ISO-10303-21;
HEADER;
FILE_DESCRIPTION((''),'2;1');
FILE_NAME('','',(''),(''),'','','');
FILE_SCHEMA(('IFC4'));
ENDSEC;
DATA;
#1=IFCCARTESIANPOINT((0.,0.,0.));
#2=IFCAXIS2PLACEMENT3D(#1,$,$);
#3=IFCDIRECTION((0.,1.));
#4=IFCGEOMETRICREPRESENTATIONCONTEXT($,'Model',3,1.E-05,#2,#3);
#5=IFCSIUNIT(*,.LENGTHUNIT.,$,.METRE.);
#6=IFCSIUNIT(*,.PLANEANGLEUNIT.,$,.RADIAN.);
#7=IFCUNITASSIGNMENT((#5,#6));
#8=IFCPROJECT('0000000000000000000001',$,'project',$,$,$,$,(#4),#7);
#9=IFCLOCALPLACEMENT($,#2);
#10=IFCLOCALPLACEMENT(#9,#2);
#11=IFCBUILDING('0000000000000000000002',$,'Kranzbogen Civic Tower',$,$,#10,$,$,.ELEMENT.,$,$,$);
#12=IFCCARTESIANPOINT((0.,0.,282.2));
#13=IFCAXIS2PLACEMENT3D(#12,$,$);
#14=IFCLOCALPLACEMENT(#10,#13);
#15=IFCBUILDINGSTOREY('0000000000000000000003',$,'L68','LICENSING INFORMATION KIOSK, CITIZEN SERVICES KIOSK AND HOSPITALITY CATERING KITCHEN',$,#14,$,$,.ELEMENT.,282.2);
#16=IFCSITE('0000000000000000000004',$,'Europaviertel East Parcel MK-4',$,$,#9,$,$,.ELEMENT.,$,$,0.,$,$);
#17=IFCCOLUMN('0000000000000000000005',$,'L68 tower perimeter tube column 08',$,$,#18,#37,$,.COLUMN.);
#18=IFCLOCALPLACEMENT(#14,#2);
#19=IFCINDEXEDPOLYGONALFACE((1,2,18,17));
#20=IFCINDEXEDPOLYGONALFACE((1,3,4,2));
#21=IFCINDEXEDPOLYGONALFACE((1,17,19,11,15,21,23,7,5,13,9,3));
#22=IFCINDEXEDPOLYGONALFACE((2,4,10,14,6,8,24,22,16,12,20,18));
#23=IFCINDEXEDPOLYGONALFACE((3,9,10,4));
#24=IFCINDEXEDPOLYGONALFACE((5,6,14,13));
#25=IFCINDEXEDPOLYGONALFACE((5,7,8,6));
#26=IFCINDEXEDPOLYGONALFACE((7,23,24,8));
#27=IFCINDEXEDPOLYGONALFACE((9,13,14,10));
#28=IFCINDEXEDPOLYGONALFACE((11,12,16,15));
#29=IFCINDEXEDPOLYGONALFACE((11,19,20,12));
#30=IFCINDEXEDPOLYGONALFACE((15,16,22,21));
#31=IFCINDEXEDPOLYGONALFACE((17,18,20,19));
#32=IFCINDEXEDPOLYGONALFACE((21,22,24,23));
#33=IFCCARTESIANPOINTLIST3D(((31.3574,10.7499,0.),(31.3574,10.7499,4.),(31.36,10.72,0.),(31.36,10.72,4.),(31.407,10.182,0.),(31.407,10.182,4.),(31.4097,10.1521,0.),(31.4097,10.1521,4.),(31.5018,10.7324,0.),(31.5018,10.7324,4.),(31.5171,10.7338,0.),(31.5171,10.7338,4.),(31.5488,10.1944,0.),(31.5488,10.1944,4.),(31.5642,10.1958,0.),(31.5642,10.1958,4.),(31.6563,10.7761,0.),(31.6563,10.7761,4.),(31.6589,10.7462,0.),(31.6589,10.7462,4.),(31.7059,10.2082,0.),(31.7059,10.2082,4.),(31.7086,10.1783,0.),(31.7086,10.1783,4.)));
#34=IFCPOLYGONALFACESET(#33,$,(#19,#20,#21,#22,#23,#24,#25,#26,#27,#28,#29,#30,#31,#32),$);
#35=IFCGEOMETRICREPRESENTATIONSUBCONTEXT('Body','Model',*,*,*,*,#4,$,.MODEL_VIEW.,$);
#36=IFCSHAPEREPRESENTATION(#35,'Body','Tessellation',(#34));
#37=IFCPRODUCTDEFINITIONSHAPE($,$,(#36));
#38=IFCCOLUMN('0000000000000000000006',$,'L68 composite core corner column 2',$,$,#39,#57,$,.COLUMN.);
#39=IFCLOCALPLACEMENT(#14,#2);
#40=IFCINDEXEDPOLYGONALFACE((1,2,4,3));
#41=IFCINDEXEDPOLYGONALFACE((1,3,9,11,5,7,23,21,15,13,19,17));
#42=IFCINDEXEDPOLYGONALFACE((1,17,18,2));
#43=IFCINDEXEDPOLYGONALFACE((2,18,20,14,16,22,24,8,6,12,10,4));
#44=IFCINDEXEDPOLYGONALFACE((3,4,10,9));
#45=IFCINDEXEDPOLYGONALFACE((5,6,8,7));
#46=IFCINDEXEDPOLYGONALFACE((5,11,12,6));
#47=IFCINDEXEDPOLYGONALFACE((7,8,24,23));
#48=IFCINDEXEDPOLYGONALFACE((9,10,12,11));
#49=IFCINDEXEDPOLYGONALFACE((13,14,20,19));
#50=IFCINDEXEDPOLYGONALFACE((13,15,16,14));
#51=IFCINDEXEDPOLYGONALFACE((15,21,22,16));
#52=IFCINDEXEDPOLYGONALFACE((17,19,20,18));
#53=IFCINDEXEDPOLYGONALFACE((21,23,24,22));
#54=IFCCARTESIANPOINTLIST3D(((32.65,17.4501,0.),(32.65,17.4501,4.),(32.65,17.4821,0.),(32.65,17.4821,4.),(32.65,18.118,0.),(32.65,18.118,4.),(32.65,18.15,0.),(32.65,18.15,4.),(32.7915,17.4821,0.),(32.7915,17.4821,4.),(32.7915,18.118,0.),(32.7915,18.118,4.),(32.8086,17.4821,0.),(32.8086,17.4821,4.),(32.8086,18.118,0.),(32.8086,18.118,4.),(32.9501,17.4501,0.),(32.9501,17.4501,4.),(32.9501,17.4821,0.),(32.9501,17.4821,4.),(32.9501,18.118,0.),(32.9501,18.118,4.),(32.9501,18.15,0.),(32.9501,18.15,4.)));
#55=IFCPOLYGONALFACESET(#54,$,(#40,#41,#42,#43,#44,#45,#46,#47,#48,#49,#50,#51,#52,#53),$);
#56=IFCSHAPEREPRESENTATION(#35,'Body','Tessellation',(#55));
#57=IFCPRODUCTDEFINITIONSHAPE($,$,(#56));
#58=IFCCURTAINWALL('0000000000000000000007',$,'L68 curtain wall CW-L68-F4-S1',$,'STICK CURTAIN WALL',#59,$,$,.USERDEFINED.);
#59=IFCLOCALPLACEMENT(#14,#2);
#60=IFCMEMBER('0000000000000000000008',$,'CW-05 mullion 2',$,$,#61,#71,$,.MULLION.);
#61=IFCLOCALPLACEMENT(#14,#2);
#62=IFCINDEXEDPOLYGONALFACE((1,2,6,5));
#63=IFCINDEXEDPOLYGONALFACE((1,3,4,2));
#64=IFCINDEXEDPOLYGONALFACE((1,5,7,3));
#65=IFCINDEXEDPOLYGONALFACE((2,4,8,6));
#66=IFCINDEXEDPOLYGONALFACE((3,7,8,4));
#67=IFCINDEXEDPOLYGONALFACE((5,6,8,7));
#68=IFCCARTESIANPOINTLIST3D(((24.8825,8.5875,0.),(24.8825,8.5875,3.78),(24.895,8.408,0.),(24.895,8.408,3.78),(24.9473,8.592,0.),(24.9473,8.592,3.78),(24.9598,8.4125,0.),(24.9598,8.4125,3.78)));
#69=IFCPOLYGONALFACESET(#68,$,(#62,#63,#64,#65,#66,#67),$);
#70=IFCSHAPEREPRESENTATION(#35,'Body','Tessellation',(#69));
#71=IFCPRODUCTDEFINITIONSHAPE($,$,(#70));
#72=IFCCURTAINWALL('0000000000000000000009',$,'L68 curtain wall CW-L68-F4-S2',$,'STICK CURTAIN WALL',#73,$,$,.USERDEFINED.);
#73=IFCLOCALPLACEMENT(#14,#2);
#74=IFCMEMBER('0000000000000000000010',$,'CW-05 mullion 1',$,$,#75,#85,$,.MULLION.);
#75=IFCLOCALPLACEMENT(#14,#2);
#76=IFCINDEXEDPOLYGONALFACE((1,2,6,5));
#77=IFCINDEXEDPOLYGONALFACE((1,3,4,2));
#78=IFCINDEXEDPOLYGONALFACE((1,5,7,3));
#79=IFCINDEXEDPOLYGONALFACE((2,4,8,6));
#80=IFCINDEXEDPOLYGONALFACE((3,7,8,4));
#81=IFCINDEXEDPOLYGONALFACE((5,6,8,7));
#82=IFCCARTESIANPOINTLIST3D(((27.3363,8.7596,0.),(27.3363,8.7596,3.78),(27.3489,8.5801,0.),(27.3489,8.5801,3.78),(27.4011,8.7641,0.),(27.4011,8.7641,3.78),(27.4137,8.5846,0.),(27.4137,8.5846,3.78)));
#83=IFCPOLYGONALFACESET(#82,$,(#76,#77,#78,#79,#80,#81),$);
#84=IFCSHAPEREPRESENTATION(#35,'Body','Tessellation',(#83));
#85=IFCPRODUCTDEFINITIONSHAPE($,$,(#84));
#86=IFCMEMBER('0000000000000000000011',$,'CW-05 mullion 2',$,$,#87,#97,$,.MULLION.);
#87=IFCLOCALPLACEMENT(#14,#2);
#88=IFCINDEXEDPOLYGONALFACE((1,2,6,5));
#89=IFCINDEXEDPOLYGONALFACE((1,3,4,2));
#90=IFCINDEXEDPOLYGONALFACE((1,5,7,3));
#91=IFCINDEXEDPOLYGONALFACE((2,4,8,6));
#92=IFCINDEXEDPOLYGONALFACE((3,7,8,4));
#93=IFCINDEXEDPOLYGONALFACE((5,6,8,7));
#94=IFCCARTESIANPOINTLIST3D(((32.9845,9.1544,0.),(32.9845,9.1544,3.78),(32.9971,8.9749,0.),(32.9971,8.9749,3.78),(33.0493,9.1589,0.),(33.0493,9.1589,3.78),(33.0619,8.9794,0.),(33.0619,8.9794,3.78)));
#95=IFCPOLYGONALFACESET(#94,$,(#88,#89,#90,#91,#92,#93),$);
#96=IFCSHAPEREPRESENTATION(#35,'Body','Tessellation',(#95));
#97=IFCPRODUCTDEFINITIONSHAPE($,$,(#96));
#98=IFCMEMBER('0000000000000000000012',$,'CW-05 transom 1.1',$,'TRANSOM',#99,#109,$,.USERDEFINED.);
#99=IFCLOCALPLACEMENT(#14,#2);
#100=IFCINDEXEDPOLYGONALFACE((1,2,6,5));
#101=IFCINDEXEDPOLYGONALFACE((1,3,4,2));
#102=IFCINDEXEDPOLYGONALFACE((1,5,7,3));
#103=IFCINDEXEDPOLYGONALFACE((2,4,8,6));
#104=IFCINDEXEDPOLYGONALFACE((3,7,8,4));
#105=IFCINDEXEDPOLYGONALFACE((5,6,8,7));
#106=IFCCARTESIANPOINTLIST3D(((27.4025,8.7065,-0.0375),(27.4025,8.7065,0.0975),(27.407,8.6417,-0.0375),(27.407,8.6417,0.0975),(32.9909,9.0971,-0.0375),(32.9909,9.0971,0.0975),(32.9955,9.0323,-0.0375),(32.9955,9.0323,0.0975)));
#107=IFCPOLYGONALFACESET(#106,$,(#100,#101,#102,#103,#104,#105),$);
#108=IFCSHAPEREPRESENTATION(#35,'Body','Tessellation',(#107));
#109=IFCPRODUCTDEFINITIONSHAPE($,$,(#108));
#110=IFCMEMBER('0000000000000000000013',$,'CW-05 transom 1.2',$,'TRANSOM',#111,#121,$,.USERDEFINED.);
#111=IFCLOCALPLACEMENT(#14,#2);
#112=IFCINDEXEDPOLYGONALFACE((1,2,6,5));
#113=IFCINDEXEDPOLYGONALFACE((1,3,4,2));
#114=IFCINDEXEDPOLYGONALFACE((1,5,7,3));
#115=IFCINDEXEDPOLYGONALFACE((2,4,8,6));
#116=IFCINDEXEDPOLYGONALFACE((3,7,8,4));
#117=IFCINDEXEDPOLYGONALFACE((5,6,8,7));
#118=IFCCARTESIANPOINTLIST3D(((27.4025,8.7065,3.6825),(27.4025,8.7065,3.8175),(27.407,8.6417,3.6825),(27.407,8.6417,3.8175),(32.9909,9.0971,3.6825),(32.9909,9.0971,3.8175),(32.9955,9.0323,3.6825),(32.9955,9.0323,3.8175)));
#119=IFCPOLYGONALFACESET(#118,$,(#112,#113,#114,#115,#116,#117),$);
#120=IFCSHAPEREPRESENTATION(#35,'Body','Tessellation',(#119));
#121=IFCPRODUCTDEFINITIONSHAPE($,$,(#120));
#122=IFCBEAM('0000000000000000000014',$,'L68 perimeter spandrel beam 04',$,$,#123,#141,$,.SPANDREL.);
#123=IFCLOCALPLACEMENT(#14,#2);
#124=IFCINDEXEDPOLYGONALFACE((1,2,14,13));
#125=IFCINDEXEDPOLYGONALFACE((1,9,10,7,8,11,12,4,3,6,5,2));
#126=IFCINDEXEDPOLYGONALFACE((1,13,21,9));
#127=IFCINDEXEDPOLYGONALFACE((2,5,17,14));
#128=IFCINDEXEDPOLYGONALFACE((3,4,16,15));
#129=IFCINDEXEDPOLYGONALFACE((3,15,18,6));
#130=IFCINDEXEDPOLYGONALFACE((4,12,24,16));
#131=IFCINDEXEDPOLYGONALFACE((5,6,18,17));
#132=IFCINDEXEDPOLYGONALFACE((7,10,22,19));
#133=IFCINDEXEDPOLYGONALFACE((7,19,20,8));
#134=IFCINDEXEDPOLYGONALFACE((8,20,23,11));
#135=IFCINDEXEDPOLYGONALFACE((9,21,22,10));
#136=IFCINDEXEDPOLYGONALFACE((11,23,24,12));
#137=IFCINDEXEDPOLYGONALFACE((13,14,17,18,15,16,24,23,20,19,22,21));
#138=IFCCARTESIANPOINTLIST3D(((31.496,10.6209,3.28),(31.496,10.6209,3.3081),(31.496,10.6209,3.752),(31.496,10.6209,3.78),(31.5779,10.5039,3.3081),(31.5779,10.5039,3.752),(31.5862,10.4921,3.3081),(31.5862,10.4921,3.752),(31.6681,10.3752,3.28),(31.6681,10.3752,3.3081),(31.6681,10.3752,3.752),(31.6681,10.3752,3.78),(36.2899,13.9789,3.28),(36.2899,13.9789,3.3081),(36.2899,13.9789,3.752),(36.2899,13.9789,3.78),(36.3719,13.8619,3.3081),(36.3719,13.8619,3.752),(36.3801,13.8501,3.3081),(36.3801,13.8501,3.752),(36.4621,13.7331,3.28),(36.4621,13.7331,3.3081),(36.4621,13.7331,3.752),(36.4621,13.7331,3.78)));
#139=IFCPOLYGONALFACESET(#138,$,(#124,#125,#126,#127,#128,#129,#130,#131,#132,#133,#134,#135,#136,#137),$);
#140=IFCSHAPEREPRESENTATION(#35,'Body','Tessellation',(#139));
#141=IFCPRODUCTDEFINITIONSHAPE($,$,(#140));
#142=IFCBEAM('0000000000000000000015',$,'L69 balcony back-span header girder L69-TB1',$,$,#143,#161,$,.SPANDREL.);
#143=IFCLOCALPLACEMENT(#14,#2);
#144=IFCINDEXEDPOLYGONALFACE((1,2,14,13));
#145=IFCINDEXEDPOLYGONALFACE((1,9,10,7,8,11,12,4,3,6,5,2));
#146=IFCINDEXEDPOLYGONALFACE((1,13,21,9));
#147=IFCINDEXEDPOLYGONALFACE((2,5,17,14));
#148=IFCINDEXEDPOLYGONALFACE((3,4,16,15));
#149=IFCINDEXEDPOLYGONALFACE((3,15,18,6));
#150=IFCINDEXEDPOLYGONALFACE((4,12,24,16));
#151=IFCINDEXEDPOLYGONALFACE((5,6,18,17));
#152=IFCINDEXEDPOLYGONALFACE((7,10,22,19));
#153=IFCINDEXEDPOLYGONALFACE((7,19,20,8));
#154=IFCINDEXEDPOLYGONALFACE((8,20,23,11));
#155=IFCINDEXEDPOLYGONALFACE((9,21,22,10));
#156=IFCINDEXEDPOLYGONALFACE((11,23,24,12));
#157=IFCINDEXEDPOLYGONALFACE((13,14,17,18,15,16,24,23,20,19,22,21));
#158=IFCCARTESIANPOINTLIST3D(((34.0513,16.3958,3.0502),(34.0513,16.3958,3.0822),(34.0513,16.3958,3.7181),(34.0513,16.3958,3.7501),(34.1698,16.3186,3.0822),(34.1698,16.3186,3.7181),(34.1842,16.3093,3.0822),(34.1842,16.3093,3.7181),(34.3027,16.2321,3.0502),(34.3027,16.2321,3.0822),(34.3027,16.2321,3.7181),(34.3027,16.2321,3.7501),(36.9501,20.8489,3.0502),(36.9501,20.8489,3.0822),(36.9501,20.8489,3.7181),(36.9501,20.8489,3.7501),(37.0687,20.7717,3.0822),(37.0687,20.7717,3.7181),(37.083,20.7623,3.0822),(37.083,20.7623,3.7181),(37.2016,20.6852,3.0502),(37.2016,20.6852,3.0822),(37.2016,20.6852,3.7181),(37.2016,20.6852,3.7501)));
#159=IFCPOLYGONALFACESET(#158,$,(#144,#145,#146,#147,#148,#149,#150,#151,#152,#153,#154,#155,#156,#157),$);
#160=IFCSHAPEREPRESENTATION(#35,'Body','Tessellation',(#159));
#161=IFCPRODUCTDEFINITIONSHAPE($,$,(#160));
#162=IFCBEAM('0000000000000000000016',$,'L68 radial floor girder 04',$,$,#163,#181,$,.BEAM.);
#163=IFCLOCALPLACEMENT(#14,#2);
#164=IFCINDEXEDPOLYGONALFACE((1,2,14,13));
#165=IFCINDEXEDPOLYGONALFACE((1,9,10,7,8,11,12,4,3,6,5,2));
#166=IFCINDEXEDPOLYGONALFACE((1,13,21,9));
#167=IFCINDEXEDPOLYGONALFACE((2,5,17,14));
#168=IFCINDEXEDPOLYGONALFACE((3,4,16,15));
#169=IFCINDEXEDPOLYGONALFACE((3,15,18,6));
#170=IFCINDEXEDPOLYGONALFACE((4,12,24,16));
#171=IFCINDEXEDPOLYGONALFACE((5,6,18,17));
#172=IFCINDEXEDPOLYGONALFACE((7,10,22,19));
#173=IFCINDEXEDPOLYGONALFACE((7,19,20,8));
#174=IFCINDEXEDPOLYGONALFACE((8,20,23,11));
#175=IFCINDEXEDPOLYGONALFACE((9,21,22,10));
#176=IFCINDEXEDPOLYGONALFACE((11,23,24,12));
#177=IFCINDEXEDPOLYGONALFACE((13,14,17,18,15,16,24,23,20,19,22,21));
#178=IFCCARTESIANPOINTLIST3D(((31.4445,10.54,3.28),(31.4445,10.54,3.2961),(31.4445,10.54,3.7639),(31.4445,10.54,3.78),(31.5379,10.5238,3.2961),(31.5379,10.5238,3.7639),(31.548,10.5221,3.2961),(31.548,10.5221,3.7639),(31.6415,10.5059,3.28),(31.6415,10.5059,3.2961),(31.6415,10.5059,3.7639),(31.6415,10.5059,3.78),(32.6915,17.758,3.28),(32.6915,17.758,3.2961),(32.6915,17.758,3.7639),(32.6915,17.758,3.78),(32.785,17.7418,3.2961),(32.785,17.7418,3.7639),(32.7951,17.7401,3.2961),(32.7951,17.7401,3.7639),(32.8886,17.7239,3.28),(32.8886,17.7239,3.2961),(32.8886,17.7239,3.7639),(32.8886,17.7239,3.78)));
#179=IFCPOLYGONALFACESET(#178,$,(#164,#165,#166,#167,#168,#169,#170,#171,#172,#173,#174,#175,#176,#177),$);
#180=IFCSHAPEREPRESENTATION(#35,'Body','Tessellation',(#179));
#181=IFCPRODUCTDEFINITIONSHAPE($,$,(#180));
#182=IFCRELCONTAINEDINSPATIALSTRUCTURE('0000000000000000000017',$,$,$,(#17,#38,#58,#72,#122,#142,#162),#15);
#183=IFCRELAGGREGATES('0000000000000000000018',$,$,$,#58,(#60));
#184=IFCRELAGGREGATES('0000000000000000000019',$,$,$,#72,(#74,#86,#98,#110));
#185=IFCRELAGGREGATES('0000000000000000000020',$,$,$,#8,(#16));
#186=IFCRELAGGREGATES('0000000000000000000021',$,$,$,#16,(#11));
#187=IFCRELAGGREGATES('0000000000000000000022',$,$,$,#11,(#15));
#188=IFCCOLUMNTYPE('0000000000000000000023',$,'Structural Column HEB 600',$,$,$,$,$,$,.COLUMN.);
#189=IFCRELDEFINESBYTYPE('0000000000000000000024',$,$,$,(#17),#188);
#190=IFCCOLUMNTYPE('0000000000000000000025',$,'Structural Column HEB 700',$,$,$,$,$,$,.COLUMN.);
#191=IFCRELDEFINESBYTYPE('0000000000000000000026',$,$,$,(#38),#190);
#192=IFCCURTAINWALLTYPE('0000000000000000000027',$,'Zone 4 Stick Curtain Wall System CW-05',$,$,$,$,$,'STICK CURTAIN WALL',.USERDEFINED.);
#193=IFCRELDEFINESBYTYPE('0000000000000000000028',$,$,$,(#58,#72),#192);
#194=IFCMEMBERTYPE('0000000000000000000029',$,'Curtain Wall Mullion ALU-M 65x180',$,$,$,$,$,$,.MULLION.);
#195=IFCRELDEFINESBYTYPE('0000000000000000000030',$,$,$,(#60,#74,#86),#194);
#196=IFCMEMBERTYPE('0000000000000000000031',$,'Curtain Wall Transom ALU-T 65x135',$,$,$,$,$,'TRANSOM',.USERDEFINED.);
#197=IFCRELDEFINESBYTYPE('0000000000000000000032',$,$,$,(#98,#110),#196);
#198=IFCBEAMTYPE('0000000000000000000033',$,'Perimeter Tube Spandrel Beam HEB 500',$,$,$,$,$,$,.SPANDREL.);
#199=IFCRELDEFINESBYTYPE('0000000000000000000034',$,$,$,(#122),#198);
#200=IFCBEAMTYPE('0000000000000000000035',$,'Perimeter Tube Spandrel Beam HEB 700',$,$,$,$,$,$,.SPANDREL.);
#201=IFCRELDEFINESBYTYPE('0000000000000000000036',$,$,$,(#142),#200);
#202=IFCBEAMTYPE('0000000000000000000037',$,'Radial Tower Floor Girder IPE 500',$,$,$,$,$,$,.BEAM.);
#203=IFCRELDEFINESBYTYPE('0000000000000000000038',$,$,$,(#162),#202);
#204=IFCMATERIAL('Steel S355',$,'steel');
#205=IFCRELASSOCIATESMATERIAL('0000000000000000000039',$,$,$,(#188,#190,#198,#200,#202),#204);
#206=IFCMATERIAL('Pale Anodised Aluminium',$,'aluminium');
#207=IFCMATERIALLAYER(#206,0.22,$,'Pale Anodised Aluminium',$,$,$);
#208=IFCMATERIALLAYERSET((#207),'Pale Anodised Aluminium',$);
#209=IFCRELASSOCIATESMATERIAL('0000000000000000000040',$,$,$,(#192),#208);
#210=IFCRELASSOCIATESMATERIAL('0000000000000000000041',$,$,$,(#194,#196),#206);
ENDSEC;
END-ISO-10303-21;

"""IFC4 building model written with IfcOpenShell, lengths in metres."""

from ifc_helpers import new_model, si_unit, direction, frame, origin, origin_2d, place, context, subcontext, project, spatial, rectangle, i_section, extrude, material, layer, layer_set, material_profile, profile_set, type_object, element, aggregate, save


model = new_model("IFC4")

# Units and contexts
model_context = context("Model", 3, precision=1e-05, world=origin(), true_north=direction((0.0, 1.0)))
body_context = subcontext(model_context, "Body", "Model", "MODEL_VIEW")
ifc_project = project(units=[si_unit("LENGTHUNIT", "METRE"), si_unit("PLANEANGLEUNIT", "RADIAN")], contexts=[model_context])

# Site, building, storey
site_placement = place(None, origin())
site = spatial("IfcSite", under=ifc_project, at=site_placement, Name="Europaviertel East Parcel MK-4", CompositionType="ELEMENT", RefElevation=0.0)
building_placement = place(site_placement, origin())
building = spatial("IfcBuilding", under=site, at=building_placement, Name="Kranzbogen Civic Tower", CompositionType="ELEMENT")
storey_placement = place(building_placement, frame((0.0, 0.0, 282.2)))
storey = spatial("IfcBuildingStorey", under=building, at=storey_placement, Name="L68", Description="LICENSING INFORMATION KIOSK, CITIZEN SERVICES KIOSK AND HOSPITALITY CATERING KITCHEN", CompositionType="ELEMENT", Elevation=282.2)

# Columns
ifc_material_1 = material(Name="Steel S355", Category="steel")
ifc_material_profile_1 = material_profile(ifc_material_1, i_section(OverallWidth=0.3, OverallDepth=0.6001, WebThickness=0.0154, FlangeThickness=0.03, at=origin_2d()), Name="HEB 600")
ifc_profile_set_1 = profile_set([ifc_material_profile_1], Name="Steel S355")
column_type_1 = type_object("IfcColumnType", Name="Structural Column HEB 600", PredefinedType="COLUMN", material=ifc_profile_set_1)
column_1_placement = place(storey_placement, frame((31.533, 10.4641, 0.0), z_axis=(0.0, 0.0, 1.0), x_axis=(0.996195, 0.087156, 0.0)))
element("IfcColumn", 1, at=column_1_placement, inside=storey, type_object=column_type_1, Name="L68 tower perimeter tube column 08", PredefinedType="COLUMN", context=body_context, shape_type="SweptSolid", body=[
    extrude(i_section(OverallWidth=0.3, OverallDepth=0.6001, WebThickness=0.0154, FlangeThickness=0.03, at=origin_2d()), origin(), (0.0, 0.0, 1.0), 4.0),
])
ifc_material_profile_2 = material_profile(ifc_material_1, i_section(OverallWidth=0.3, OverallDepth=0.7, WebThickness=0.0171, FlangeThickness=0.032, at=origin_2d()), Name="HEB 700")
ifc_profile_set_2 = profile_set([ifc_material_profile_2], Name="Steel S355")
column_type_2 = type_object("IfcColumnType", Name="Structural Column HEB 700", PredefinedType="COLUMN", material=ifc_profile_set_2)
column_2_placement = place(storey_placement, frame((32.8, 17.8, 0.0), z_axis=(0.0, 0.0, 1.0), x_axis=(1.0, 0.0, 0.0)))
element("IfcColumn", 2, at=column_2_placement, inside=storey, type_object=column_type_2, Name="L68 composite core corner column 2", PredefinedType="COLUMN", context=body_context, shape_type="SweptSolid", body=[
    extrude(i_section(OverallWidth=0.3, OverallDepth=0.7, WebThickness=0.0171, FlangeThickness=0.032, at=origin_2d()), origin(), (0.0, 0.0, 1.0), 4.0),
])

# Curtain wall, member
ifc_material_2 = material(Name="Pale Anodised Aluminium", Category="aluminium")
ifc_layer_1 = layer(ifc_material_2, 0.22, Name="Pale Anodised Aluminium")
ifc_layer_set_1 = layer_set([ifc_layer_1], Name="Pale Anodised Aluminium")
curtain_wall_type = type_object("IfcCurtainWallType", Name="Zone 4 Stick Curtain Wall System CW-05", ElementType="STICK CURTAIN WALL", PredefinedType="USERDEFINED", material=ifc_layer_set_1)
curtain_wall_1_placement = place(storey_placement, origin())
curtain_wall_1 = element("IfcCurtainWall", 3, at=curtain_wall_1_placement, inside=storey, type_object=curtain_wall_type, Name="L68 curtain wall CW-L68-F4-S1", ObjectType="STICK CURTAIN WALL", PredefinedType="USERDEFINED")
ifc_material_profile_3 = material_profile(ifc_material_2, rectangle(XDim=0.0649, YDim=0.1799, at=origin_2d()), Name="ALU-M 65x180")
ifc_profile_set_3 = profile_set([ifc_material_profile_3], Name="Pale Anodised Aluminium")
member_type_1 = type_object("IfcMemberType", Name="Curtain Wall Mullion ALU-M 65x180", PredefinedType="MULLION", material=ifc_profile_set_3)
member_1_placement = place(storey_placement, frame((24.9211, 8.5, 0.0), z_axis=(0.0, 0.0, 1.0), x_axis=(0.997567, 0.06972, 0.0)))
member_1 = element("IfcMember", 4, at=member_1_placement, type_object=member_type_1, Name="CW-05 mullion 2", PredefinedType="MULLION", context=body_context, shape_type="SweptSolid", body=[
    extrude(rectangle(XDim=0.0649, YDim=0.1799, at=origin_2d()), origin(), (0.0, 0.0, 1.0), 3.78),
])
aggregate(curtain_wall_1, [member_1])

# Curtain wall, members
curtain_wall_2_placement = place(storey_placement, origin())
curtain_wall_2 = element("IfcCurtainWall", 5, at=curtain_wall_2_placement, inside=storey, type_object=curtain_wall_type, Name="L68 curtain wall CW-L68-F4-S2", ObjectType="STICK CURTAIN WALL", PredefinedType="USERDEFINED")
member_2_placement = place(storey_placement, frame((27.375, 8.6721, 0.0), z_axis=(0.0, 0.0, 1.0), x_axis=(0.997566, 0.069732, 0.0)))
member_2 = element("IfcMember", 6, at=member_2_placement, type_object=member_type_1, Name="CW-05 mullion 1", PredefinedType="MULLION", context=body_context, shape_type="SweptSolid", body=[
    extrude(rectangle(XDim=0.0649, YDim=0.1799, at=origin_2d()), origin(), (0.0, 0.0, 1.0), 3.78),
])
member_3_placement = place(storey_placement, frame((33.0232, 9.0669, 0.0), z_axis=(0.0, 0.0, 1.0), x_axis=(0.997566, 0.069732, 0.0)))
member_3 = element("IfcMember", 7, at=member_3_placement, type_object=member_type_1, Name="CW-05 mullion 2", PredefinedType="MULLION", context=body_context, shape_type="SweptSolid", body=[
    extrude(rectangle(XDim=0.0649, YDim=0.1799, at=origin_2d()), origin(), (0.0, 0.0, 1.0), 3.78),
])
ifc_material_profile_4 = material_profile(ifc_material_2, rectangle(XDim=0.0649, YDim=0.135, at=origin_2d()), Name="ALU-T 65x135")
ifc_profile_set_4 = profile_set([ifc_material_profile_4], Name="Pale Anodised Aluminium")
member_type_2 = type_object("IfcMemberType", Name="Curtain Wall Transom ALU-T 65x135", ElementType="TRANSOM", PredefinedType="USERDEFINED", material=ifc_profile_set_4)
member_4_placement = place(storey_placement, frame((27.4048, 8.6741, 0.03), z_axis=(0.997566, 0.069729, 0.0), x_axis=(-0.069729, 0.997566, 0.0)))
member_4 = element("IfcMember", 8, at=member_4_placement, type_object=member_type_2, Name="CW-05 transom 1.1", ObjectType="TRANSOM", PredefinedType="USERDEFINED", context=body_context, shape_type="SweptSolid", body=[
    extrude(rectangle(XDim=0.0649, YDim=0.135, at=origin_2d()), origin(), (0.0, 0.0, 1.0), 5.6021),
])
member_5_placement = place(storey_placement, frame((27.4048, 8.6741, 3.75), z_axis=(0.997566, 0.069729, 0.0), x_axis=(-0.069729, 0.997566, 0.0)))
member_5 = element("IfcMember", 9, at=member_5_placement, type_object=member_type_2, Name="CW-05 transom 1.2", ObjectType="TRANSOM", PredefinedType="USERDEFINED", context=body_context, shape_type="SweptSolid", body=[
    extrude(rectangle(XDim=0.0649, YDim=0.135, at=origin_2d()), origin(), (0.0, 0.0, 1.0), 5.6021),
])

# Beams
ifc_material_profile_5 = material_profile(ifc_material_1, i_section(OverallWidth=0.3, OverallDepth=0.5, WebThickness=0.0144, FlangeThickness=0.0281, at=origin_2d()), Name="HEB 500")
ifc_profile_set_5 = profile_set([ifc_material_profile_5], Name="Steel S355")
beam_type_1 = type_object("IfcBeamType", Name="Perimeter Tube Spandrel Beam HEB 500", PredefinedType="SPANDREL", material=ifc_profile_set_5)
beam_1_placement = place(storey_placement, frame((31.582, 10.498, 3.53), z_axis=(0.819059, 0.573709, 0.0), x_axis=(-0.573709, 0.819059, 0.0)))
element("IfcBeam", 10, at=beam_1_placement, inside=storey, type_object=beam_type_1, Name="L68 perimeter spandrel beam 04", PredefinedType="SPANDREL", context=body_context, shape_type="SweptSolid", body=[
    extrude(i_section(OverallWidth=0.3, OverallDepth=0.5, WebThickness=0.0144, FlangeThickness=0.0281, at=origin_2d()), origin(), (0.0, 0.0, 1.0), 5.853),
])
ifc_material_profile_6 = material_profile(ifc_material_1, i_section(OverallWidth=0.3, OverallDepth=0.7, WebThickness=0.0171, FlangeThickness=0.032, at=origin_2d()), Name="HEB 700")
ifc_profile_set_6 = profile_set([ifc_material_profile_6], Name="Steel S355")
beam_type_2 = type_object("IfcBeamType", Name="Perimeter Tube Spandrel Beam HEB 700", PredefinedType="SPANDREL", material=ifc_profile_set_6)
beam_2_placement = place(storey_placement, frame((34.177, 16.314, 3.4001), z_axis=(0.54557, 0.838066, 0.0), x_axis=(-0.838066, 0.54557, 0.0)))
element("IfcBeam", 11, at=beam_2_placement, inside=storey, type_object=beam_type_2, Name="L69 balcony back-span header girder L69-TB1", PredefinedType="SPANDREL", context=body_context, shape_type="SweptSolid", body=[
    extrude(i_section(OverallWidth=0.3, OverallDepth=0.7, WebThickness=0.0171, FlangeThickness=0.032, at=origin_2d()), origin(), (0.0, 0.0, 1.0), 5.3135),
])
ifc_material_profile_7 = material_profile(ifc_material_1, i_section(OverallWidth=0.2, OverallDepth=0.5, WebThickness=0.0103, FlangeThickness=0.0161, at=origin_2d()), Name="IPE 500")
ifc_profile_set_7 = profile_set([ifc_material_profile_7], Name="Steel S355")
beam_type_3 = type_object("IfcBeamType", Name="Radial Tower Floor Girder IPE 500", PredefinedType="BEAM", material=ifc_profile_set_7)
beam_3_placement = place(storey_placement, frame((31.543, 10.5229, 3.53), z_axis=(0.17025, 0.985401, 0.0), x_axis=(-0.985401, 0.17025, 0.0)))
element("IfcBeam", 12, at=beam_3_placement, inside=storey, type_object=beam_type_3, Name="L68 radial floor girder 04", PredefinedType="BEAM", context=body_context, shape_type="SweptSolid", body=[
    extrude(i_section(OverallWidth=0.2, OverallDepth=0.5, WebThickness=0.0103, FlangeThickness=0.0161, at=origin_2d()), origin(), (0.0, 0.0, 1.0), 7.325),
])

aggregate(curtain_wall_2, [member_2, member_3, member_4, member_5])

save(model, "model.ifc")
